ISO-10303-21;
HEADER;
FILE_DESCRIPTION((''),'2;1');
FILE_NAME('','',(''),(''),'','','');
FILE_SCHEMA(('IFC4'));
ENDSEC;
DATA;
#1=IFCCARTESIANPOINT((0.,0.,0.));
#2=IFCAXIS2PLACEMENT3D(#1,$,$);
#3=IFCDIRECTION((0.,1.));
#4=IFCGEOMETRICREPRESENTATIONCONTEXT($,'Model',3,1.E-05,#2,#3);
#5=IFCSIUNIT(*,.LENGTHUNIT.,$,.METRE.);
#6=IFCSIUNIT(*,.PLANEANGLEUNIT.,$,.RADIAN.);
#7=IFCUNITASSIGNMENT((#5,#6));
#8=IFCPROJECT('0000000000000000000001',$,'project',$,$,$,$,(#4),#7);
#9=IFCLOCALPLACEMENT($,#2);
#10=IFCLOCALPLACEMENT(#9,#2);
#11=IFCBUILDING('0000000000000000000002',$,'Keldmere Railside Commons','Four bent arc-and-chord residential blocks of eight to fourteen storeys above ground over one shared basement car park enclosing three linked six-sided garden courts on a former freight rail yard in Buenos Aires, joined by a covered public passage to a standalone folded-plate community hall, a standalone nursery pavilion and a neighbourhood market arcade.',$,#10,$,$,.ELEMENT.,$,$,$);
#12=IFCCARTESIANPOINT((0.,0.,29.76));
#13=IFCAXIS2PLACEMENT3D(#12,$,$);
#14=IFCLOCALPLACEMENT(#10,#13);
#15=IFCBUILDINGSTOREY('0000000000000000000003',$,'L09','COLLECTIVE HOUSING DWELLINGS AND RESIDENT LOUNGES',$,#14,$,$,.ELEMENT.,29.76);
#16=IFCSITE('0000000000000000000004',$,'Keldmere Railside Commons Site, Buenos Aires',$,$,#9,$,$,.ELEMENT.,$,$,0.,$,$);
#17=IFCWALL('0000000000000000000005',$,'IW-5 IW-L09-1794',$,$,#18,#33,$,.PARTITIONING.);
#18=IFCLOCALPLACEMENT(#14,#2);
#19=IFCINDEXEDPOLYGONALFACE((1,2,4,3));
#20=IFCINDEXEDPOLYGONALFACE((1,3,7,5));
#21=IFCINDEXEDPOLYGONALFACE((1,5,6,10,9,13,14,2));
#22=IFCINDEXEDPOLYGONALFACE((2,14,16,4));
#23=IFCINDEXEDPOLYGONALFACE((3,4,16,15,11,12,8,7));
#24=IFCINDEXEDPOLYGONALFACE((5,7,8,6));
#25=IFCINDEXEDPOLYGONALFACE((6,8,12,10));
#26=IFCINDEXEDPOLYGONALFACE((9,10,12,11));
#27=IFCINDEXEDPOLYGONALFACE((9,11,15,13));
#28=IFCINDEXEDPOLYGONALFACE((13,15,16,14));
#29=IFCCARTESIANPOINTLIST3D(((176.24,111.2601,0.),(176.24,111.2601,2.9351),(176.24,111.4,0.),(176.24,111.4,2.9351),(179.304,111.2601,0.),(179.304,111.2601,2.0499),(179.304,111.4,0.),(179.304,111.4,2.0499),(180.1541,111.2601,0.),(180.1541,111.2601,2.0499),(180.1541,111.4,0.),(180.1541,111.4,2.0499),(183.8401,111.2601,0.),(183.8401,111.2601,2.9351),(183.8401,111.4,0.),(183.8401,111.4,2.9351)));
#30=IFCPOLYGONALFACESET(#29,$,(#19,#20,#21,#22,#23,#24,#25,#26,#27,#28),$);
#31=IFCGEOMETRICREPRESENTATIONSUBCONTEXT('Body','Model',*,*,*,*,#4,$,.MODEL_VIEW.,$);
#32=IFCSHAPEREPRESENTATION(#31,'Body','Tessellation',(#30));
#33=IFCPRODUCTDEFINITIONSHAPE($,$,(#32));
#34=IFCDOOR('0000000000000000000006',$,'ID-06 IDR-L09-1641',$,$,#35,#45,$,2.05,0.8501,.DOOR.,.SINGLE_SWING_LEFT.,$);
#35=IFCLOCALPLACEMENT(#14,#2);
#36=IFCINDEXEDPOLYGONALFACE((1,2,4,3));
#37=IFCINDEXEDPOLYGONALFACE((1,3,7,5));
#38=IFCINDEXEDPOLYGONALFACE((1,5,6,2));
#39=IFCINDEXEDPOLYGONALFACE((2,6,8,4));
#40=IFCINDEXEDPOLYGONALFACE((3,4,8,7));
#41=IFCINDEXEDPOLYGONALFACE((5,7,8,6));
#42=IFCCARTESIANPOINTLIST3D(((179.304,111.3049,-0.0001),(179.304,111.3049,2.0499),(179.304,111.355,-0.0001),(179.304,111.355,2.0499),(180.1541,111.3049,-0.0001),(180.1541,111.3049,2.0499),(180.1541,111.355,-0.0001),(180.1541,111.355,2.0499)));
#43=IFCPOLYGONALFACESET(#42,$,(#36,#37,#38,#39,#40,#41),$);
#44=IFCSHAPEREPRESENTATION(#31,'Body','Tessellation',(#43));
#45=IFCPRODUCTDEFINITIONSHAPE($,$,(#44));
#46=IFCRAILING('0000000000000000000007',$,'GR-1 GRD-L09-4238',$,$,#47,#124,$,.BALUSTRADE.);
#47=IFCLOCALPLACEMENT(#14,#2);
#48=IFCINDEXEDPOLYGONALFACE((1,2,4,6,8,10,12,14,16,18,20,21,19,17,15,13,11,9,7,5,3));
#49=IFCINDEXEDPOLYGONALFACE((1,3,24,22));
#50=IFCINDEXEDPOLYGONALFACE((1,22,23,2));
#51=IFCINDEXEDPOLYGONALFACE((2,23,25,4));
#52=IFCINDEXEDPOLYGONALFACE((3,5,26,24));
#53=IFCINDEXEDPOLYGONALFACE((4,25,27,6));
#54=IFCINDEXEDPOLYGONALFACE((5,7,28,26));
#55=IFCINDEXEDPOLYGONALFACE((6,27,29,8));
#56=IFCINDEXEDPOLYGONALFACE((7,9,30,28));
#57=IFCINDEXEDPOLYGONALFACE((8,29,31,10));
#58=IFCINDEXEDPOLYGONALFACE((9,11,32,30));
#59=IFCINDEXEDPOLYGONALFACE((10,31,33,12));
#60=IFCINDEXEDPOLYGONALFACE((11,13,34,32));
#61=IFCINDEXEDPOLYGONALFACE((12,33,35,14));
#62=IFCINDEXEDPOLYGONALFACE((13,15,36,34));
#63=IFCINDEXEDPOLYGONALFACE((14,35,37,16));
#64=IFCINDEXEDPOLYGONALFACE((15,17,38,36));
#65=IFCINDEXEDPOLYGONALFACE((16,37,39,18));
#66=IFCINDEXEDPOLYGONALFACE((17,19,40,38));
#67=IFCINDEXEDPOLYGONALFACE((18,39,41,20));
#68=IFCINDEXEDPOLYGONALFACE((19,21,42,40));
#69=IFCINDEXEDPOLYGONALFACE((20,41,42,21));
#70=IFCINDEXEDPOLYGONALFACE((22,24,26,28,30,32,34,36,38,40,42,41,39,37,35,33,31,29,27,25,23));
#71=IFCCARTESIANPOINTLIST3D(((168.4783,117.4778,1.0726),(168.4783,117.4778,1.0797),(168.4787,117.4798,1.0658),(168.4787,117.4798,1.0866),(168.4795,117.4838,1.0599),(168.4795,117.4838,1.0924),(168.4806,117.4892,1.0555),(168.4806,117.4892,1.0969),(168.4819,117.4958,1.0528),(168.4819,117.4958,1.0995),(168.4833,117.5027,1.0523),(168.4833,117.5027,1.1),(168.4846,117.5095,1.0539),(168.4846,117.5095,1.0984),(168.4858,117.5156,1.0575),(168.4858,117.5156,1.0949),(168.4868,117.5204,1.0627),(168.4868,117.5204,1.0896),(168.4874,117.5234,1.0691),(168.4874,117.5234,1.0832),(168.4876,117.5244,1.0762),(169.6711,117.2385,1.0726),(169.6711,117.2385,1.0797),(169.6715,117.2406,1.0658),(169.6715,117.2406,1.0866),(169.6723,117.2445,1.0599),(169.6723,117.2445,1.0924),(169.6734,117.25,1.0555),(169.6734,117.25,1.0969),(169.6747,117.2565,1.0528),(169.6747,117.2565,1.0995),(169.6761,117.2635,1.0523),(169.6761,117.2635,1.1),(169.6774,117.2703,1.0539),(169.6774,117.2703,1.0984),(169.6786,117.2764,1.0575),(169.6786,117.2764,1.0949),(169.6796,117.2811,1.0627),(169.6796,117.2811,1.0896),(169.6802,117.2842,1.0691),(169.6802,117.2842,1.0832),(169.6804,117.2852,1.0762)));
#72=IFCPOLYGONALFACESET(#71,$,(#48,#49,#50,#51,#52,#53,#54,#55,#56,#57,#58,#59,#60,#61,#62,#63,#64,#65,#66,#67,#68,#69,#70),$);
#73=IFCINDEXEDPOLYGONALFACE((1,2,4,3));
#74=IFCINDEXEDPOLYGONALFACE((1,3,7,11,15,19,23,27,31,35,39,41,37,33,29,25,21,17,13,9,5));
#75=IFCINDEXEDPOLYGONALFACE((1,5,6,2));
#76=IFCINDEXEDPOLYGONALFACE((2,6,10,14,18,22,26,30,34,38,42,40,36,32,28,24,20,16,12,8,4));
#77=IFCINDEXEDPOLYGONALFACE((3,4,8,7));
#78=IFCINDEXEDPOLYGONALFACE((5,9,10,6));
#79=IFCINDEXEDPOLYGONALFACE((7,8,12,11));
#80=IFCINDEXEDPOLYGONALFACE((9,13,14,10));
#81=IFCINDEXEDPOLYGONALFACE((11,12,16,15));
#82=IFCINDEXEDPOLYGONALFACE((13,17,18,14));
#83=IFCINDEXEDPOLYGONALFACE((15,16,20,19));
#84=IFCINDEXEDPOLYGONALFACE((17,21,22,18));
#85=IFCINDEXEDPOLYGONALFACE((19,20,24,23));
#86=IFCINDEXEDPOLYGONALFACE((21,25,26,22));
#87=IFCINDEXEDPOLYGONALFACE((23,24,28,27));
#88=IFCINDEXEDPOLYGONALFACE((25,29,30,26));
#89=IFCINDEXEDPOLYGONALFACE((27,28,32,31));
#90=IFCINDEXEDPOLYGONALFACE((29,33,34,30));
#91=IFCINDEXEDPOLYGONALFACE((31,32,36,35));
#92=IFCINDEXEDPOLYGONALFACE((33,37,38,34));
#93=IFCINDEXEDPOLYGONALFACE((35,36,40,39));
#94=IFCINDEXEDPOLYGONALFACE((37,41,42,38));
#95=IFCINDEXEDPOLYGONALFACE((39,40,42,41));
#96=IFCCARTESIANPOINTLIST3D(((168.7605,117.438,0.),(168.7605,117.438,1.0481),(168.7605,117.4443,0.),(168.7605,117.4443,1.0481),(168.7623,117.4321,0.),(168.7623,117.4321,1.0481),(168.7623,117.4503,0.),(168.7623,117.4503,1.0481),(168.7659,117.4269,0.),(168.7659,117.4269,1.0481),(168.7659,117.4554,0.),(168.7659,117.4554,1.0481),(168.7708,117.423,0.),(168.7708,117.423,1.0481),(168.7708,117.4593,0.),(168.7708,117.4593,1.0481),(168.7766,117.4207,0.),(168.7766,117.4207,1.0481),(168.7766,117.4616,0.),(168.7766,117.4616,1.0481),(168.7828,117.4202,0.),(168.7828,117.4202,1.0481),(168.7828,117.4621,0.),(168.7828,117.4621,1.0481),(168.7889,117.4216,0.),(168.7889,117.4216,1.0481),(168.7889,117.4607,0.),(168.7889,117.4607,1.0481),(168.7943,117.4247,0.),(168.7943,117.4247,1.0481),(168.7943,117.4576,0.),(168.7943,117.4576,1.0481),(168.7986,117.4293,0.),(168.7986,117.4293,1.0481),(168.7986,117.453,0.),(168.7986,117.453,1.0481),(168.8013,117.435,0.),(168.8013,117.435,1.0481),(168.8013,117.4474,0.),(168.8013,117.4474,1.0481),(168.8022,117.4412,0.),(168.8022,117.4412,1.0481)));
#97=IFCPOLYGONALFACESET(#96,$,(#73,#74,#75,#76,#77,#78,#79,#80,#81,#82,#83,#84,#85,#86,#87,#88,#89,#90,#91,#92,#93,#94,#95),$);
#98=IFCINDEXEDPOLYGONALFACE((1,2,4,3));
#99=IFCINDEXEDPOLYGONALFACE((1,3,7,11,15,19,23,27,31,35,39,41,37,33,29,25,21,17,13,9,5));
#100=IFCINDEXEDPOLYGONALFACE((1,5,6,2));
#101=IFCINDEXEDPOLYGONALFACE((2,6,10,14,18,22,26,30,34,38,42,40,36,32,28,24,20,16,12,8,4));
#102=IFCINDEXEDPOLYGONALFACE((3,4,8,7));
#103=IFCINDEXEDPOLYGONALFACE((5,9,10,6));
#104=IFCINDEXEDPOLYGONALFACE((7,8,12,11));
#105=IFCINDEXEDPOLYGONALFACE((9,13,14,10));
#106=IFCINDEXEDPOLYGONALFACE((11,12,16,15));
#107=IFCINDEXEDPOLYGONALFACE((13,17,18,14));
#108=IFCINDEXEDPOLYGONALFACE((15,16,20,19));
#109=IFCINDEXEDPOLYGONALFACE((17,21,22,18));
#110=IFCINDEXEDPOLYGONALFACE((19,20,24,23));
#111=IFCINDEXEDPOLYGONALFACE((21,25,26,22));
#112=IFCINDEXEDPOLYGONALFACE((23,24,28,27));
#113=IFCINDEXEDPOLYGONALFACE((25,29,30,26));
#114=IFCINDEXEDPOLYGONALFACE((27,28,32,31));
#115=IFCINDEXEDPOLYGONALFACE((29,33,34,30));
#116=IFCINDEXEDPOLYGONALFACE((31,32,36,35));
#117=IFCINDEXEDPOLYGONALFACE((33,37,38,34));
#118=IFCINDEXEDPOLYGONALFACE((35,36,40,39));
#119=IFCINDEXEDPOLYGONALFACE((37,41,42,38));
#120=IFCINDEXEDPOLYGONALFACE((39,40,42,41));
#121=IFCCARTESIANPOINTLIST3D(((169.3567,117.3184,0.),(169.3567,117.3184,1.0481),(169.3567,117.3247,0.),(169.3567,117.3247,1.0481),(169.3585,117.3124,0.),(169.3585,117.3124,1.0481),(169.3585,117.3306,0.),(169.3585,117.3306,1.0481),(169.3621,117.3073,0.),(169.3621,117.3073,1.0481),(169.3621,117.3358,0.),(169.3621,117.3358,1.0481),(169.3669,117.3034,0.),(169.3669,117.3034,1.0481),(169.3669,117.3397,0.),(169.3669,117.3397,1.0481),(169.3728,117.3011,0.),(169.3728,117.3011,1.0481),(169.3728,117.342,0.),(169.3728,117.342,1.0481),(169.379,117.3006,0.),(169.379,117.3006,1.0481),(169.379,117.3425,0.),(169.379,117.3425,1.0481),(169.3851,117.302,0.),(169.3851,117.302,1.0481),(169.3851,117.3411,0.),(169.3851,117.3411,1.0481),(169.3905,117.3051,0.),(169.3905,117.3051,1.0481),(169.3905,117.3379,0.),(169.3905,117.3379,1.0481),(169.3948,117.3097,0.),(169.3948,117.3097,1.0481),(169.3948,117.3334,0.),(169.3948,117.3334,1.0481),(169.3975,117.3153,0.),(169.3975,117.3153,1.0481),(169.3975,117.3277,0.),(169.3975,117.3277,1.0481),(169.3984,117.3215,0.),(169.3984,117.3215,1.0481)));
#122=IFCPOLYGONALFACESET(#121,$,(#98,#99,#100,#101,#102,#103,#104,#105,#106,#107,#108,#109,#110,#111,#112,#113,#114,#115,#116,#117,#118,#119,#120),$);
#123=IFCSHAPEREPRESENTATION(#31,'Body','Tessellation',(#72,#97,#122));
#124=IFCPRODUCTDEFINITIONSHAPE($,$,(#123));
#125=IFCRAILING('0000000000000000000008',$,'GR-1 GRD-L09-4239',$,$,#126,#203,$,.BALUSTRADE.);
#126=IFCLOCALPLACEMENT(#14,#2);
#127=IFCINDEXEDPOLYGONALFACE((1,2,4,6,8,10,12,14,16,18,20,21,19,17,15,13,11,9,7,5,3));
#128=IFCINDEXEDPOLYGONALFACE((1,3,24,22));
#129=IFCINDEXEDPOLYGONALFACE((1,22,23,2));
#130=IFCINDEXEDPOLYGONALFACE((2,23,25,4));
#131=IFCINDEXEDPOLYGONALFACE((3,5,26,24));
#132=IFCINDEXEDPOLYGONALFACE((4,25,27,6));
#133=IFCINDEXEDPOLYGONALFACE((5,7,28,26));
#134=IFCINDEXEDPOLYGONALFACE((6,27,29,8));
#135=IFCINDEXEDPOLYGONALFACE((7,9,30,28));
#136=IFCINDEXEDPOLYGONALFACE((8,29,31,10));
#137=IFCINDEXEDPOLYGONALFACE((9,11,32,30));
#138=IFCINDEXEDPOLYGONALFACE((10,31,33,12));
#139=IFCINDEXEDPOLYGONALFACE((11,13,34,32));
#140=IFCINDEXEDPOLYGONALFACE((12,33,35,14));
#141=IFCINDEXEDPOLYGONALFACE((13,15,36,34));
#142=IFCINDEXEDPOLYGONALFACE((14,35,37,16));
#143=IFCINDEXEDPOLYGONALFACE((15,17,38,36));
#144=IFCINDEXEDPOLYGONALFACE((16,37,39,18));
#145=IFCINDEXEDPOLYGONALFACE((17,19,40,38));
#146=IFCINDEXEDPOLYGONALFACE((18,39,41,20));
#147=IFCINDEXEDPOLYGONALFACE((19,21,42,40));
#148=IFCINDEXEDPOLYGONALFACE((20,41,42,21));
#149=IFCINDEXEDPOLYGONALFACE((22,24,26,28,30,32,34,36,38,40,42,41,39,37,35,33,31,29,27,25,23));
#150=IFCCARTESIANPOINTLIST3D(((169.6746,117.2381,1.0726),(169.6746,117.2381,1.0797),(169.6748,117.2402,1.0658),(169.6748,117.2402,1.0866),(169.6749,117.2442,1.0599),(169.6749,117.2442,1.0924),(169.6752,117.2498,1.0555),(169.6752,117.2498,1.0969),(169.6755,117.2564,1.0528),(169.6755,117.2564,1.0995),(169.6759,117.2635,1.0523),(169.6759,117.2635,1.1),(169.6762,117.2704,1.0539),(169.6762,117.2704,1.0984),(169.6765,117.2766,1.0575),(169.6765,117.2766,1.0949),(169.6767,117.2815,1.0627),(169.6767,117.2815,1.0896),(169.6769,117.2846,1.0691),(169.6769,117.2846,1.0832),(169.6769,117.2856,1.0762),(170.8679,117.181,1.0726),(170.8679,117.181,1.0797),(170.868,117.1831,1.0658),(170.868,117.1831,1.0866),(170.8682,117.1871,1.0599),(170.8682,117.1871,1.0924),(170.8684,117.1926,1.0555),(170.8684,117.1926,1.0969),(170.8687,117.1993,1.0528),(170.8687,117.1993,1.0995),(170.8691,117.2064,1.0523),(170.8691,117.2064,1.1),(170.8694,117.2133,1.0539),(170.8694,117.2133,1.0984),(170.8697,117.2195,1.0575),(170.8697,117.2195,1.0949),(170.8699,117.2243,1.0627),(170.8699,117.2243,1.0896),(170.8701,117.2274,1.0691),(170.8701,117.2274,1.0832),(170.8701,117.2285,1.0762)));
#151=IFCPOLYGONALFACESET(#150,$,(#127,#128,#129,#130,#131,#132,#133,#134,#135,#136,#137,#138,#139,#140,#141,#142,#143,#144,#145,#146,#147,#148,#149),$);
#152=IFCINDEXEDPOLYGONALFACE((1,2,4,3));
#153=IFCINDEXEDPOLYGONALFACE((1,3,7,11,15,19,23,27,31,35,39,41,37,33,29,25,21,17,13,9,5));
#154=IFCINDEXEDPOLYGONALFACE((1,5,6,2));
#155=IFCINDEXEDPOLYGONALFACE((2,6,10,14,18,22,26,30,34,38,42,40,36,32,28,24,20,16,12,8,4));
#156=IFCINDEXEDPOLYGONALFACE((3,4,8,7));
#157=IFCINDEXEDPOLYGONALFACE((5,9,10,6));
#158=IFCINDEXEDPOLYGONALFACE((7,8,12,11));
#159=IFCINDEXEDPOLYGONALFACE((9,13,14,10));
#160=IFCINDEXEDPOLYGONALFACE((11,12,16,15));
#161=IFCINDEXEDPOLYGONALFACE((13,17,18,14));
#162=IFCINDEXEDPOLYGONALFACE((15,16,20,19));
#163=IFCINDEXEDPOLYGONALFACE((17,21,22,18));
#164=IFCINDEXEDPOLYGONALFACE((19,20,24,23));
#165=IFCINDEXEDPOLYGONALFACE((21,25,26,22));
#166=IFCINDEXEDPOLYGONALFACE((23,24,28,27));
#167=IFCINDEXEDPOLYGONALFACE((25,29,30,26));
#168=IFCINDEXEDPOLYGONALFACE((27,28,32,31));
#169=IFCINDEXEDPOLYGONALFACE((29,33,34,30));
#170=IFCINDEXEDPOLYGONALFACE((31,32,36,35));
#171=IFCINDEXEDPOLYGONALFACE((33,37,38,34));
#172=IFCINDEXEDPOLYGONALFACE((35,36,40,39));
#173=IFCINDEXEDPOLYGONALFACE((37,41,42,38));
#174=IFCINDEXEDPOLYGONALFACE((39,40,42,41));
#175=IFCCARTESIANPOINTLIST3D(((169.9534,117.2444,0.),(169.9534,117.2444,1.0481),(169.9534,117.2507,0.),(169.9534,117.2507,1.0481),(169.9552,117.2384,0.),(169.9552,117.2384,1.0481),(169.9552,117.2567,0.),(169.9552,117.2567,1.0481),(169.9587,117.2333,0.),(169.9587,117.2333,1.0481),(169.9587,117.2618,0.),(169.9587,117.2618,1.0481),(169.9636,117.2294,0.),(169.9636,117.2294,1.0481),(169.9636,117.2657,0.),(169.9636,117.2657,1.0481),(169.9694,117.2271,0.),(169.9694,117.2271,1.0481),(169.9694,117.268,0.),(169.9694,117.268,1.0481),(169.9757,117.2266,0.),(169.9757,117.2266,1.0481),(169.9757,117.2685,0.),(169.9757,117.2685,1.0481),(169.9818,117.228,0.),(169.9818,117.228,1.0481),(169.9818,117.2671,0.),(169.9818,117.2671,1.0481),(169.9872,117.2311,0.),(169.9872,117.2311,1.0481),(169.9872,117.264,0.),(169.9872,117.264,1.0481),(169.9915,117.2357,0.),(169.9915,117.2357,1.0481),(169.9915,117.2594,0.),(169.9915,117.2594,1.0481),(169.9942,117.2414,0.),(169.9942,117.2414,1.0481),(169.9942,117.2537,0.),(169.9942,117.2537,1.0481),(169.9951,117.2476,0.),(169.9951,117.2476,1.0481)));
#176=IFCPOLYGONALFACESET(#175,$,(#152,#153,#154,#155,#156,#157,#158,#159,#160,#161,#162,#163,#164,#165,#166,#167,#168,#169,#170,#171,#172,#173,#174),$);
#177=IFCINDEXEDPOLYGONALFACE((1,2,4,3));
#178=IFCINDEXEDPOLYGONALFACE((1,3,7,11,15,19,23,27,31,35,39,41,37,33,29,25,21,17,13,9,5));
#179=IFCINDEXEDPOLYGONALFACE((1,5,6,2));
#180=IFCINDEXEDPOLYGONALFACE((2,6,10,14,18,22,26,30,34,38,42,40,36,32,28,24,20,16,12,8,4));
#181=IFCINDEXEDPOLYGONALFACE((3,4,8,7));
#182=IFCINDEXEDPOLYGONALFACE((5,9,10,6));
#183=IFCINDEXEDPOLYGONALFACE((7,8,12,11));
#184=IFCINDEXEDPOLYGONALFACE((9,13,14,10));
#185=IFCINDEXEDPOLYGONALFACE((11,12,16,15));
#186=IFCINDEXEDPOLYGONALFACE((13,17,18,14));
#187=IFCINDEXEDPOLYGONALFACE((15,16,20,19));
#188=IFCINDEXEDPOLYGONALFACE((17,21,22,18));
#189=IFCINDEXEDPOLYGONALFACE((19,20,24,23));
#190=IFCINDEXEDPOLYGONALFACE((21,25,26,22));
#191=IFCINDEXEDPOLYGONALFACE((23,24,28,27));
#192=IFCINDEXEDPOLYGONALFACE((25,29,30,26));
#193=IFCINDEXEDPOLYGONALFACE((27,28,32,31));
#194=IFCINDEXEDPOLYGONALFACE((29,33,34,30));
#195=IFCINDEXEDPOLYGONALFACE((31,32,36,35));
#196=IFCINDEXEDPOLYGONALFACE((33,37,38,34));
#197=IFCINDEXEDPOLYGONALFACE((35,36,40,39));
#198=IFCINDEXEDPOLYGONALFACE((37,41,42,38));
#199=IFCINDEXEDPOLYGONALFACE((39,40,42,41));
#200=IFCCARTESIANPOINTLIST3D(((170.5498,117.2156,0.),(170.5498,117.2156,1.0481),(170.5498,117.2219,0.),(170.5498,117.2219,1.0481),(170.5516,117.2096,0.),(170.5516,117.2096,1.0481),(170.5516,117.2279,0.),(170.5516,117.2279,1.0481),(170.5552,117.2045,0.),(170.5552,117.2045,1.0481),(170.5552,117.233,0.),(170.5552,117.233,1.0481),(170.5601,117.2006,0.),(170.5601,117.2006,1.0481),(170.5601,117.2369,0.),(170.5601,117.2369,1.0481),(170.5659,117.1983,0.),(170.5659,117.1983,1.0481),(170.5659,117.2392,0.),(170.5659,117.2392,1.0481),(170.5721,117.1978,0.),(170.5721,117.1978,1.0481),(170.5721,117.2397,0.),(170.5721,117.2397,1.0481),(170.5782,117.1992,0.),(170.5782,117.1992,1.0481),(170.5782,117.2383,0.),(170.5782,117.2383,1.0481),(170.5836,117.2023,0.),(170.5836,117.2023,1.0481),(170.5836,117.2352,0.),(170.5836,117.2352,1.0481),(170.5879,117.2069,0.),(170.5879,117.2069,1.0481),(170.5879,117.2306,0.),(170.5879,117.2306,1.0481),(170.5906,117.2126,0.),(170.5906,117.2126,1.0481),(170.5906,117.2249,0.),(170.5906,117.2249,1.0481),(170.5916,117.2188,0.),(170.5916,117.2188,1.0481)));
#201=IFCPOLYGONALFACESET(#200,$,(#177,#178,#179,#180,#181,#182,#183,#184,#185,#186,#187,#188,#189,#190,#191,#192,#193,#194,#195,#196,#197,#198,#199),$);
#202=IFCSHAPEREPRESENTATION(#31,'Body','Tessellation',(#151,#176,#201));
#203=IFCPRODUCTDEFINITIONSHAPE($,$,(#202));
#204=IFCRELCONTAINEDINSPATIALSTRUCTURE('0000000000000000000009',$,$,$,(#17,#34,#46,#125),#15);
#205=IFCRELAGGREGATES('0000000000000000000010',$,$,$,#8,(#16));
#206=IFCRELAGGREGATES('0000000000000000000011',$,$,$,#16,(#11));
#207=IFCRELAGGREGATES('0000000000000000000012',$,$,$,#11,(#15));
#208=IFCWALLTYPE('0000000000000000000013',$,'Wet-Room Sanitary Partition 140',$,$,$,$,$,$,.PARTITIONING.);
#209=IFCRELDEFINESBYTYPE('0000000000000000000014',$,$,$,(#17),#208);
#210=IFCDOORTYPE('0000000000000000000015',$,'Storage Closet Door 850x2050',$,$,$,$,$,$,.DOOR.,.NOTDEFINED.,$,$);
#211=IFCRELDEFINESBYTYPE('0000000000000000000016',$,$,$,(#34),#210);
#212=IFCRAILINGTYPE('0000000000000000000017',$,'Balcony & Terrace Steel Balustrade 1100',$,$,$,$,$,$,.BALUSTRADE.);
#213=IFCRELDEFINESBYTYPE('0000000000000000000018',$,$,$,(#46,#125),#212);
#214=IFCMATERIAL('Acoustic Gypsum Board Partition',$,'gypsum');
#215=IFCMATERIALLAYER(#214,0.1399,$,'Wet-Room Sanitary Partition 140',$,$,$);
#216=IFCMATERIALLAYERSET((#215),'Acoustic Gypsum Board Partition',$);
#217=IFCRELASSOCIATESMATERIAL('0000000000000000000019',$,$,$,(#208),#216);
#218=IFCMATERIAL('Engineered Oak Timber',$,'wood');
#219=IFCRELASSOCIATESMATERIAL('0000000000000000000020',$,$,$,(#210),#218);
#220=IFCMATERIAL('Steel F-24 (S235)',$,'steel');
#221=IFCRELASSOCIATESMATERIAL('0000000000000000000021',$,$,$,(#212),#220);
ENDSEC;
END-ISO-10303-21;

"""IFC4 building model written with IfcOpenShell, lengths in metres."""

from ifc_helpers import new_model, si_unit, direction, frame, frame_2d, origin, origin_2d, place, context, subcontext, project, spatial, rectangle, circle, extrude, material, layer, layer_set, type_object, element, fill, save


model = new_model("IFC4")

# Units and contexts
model_context = context("Model", 3, precision=1e-05, world=origin(), true_north=direction((0.0, 1.0)))
body_context = subcontext(model_context, "Body", "Model", "MODEL_VIEW")
ifc_project = project(units=[si_unit("LENGTHUNIT", "METRE"), si_unit("PLANEANGLEUNIT", "RADIAN")], contexts=[model_context])

# Site, building, storey
site_placement = place(None, origin())
site = spatial("IfcSite", under=ifc_project, at=site_placement, Name="Keldmere Railside Commons Site, Buenos Aires", CompositionType="ELEMENT", RefElevation=0.0)
building_placement = place(site_placement, origin())
building = spatial("IfcBuilding", under=site, at=building_placement, Name="Keldmere Railside Commons", Description="Four bent arc-and-chord residential blocks of eight to fourteen storeys above ground over one shared basement car park enclosing three linked six-sided garden courts on a former freight rail yard in Buenos Aires, joined by a covered public passage to a standalone folded-plate community hall, a standalone nursery pavilion and a neighbourhood market arcade.", CompositionType="ELEMENT")
storey_placement = place(building_placement, frame((0.0, 0.0, 29.76)))
storey = spatial("IfcBuildingStorey", under=building, at=storey_placement, Name="L09", Description="COLLECTIVE HOUSING DWELLINGS AND RESIDENT LOUNGES", CompositionType="ELEMENT", Elevation=29.76)

# Wall, opening, door
ifc_material_1 = material(Name="Acoustic Gypsum Board Partition", Category="gypsum")
ifc_layer = layer(ifc_material_1, 0.1399, Name="Wet-Room Sanitary Partition 140")
ifc_layer_set = layer_set([ifc_layer], Name="Acoustic Gypsum Board Partition")
wall_type = type_object("IfcWallType", Name="Wet-Room Sanitary Partition 140", PredefinedType="PARTITIONING", material=ifc_layer_set)
wall_placement = place(storey_placement, frame((176.24, 111.3301, 0.0), z_axis=(0.0, 0.0, 1.0), x_axis=(1.0, 0.0, 0.0)))
wall = element("IfcWall", 1, at=wall_placement, inside=storey, type_object=wall_type, Name="IW-5 IW-L09-1794", PredefinedType="PARTITIONING", context=body_context, shape_type="SweptSolid", body=[
    extrude(rectangle(XDim=7.6001, YDim=0.1399, at=frame_2d((3.8, 0.0))), origin(), (0.0, 0.0, 1.0), 2.9351),
])
opening_placement = place(wall_placement, frame((3.064, 0.0, 0.0)))
opening = element("IfcOpeningElement", 2, at=opening_placement, cuts=wall, PredefinedType="OPENING", context=body_context, shape_type="SweptSolid", body=[
    extrude(rectangle(XDim=0.8501, YDim=2.05, at=frame_2d((0.425, 1.0249))), frame((0.0, 0.0798, 0.0), z_axis=(0.0, -1.0, 0.0), x_axis=(1.0, 0.0, 0.0)), (0.0, 0.0, 1.0), 0.1599),
])
ifc_material_2 = material(Name="Engineered Oak Timber", Category="wood")
door_type = type_object("IfcDoorType", Name="Storage Closet Door 850x2050", OperationType="NOTDEFINED", PredefinedType="DOOR", material=ifc_material_2)
door_placement = place(opening_placement, origin())
door = element("IfcDoor", 3, at=door_placement, inside=storey, type_object=door_type, Name="ID-06 IDR-L09-1641", OperationType="SINGLE_SWING_LEFT", OverallHeight=2.05, OverallWidth=0.8501, PredefinedType="DOOR", context=body_context, shape_type="SweptSolid", body=[
    extrude(rectangle(XDim=0.8501, YDim=2.05, at=frame_2d((0.425, 1.0249))), frame((0.0, 0.0249, 0.0), z_axis=(0.0, -1.0, 0.0), x_axis=(1.0, 0.0, 0.0)), (0.0, 0.0, 1.0), 0.05),
])
fill(opening, door)

# Railings
ifc_material_3 = material(Name="Steel F-24 (S235)", Category="steel")
railing_type = type_object("IfcRailingType", Name="Balcony & Terrace Steel Balustrade 1100", PredefinedType="BALUSTRADE", material=ifc_material_3)
railing_1_placement = place(storey_placement, frame((168.4829, 117.501, 0.0)))
element("IfcRailing", 4, at=railing_1_placement, inside=storey, type_object=railing_type, Name="GR-1 GRD-L09-4238", PredefinedType="BALUSTRADE", context=body_context, shape_type="SweptSolid", body=[
    extrude(circle(Radius=0.0239, at=origin_2d()), frame((0.0, 0.0, 1.0762), z_axis=(0.980472, -0.196656, 0.0), x_axis=(0.196656, 0.980472, 0.0)), (0.0, 0.0, 1.0), 1.2166),
    extrude(circle(Radius=0.021, at=origin_2d()), frame((0.2983, -0.0598, 0.0)), (0.0, 0.0, 1.0), 1.0481),
    extrude(circle(Radius=0.021, at=origin_2d()), frame((0.8945, -0.1794, 0.0)), (0.0, 0.0, 1.0), 1.0481),
])
railing_2_placement = place(storey_placement, frame((169.6758, 117.2617, 0.0)))
element("IfcRailing", 5, at=railing_2_placement, inside=storey, type_object=railing_type, Name="GR-1 GRD-L09-4239", PredefinedType="BALUSTRADE", context=body_context, shape_type="SweptSolid", body=[
    extrude(circle(Radius=0.0239, at=origin_2d()), frame((0.0, 0.0, 1.0762), z_axis=(0.998856, -0.047827, 0.0), x_axis=(0.047827, 0.998856, 0.0)), (0.0, 0.0, 1.0), 1.1946),
    extrude(circle(Radius=0.021, at=origin_2d()), frame((0.2983, -0.0142, 0.0)), (0.0, 0.0, 1.0), 1.0481),
    extrude(circle(Radius=0.021, at=origin_2d()), frame((0.8948, -0.043, 0.0)), (0.0, 0.0, 1.0), 1.0481),
])

save(model, "model.ifc")
